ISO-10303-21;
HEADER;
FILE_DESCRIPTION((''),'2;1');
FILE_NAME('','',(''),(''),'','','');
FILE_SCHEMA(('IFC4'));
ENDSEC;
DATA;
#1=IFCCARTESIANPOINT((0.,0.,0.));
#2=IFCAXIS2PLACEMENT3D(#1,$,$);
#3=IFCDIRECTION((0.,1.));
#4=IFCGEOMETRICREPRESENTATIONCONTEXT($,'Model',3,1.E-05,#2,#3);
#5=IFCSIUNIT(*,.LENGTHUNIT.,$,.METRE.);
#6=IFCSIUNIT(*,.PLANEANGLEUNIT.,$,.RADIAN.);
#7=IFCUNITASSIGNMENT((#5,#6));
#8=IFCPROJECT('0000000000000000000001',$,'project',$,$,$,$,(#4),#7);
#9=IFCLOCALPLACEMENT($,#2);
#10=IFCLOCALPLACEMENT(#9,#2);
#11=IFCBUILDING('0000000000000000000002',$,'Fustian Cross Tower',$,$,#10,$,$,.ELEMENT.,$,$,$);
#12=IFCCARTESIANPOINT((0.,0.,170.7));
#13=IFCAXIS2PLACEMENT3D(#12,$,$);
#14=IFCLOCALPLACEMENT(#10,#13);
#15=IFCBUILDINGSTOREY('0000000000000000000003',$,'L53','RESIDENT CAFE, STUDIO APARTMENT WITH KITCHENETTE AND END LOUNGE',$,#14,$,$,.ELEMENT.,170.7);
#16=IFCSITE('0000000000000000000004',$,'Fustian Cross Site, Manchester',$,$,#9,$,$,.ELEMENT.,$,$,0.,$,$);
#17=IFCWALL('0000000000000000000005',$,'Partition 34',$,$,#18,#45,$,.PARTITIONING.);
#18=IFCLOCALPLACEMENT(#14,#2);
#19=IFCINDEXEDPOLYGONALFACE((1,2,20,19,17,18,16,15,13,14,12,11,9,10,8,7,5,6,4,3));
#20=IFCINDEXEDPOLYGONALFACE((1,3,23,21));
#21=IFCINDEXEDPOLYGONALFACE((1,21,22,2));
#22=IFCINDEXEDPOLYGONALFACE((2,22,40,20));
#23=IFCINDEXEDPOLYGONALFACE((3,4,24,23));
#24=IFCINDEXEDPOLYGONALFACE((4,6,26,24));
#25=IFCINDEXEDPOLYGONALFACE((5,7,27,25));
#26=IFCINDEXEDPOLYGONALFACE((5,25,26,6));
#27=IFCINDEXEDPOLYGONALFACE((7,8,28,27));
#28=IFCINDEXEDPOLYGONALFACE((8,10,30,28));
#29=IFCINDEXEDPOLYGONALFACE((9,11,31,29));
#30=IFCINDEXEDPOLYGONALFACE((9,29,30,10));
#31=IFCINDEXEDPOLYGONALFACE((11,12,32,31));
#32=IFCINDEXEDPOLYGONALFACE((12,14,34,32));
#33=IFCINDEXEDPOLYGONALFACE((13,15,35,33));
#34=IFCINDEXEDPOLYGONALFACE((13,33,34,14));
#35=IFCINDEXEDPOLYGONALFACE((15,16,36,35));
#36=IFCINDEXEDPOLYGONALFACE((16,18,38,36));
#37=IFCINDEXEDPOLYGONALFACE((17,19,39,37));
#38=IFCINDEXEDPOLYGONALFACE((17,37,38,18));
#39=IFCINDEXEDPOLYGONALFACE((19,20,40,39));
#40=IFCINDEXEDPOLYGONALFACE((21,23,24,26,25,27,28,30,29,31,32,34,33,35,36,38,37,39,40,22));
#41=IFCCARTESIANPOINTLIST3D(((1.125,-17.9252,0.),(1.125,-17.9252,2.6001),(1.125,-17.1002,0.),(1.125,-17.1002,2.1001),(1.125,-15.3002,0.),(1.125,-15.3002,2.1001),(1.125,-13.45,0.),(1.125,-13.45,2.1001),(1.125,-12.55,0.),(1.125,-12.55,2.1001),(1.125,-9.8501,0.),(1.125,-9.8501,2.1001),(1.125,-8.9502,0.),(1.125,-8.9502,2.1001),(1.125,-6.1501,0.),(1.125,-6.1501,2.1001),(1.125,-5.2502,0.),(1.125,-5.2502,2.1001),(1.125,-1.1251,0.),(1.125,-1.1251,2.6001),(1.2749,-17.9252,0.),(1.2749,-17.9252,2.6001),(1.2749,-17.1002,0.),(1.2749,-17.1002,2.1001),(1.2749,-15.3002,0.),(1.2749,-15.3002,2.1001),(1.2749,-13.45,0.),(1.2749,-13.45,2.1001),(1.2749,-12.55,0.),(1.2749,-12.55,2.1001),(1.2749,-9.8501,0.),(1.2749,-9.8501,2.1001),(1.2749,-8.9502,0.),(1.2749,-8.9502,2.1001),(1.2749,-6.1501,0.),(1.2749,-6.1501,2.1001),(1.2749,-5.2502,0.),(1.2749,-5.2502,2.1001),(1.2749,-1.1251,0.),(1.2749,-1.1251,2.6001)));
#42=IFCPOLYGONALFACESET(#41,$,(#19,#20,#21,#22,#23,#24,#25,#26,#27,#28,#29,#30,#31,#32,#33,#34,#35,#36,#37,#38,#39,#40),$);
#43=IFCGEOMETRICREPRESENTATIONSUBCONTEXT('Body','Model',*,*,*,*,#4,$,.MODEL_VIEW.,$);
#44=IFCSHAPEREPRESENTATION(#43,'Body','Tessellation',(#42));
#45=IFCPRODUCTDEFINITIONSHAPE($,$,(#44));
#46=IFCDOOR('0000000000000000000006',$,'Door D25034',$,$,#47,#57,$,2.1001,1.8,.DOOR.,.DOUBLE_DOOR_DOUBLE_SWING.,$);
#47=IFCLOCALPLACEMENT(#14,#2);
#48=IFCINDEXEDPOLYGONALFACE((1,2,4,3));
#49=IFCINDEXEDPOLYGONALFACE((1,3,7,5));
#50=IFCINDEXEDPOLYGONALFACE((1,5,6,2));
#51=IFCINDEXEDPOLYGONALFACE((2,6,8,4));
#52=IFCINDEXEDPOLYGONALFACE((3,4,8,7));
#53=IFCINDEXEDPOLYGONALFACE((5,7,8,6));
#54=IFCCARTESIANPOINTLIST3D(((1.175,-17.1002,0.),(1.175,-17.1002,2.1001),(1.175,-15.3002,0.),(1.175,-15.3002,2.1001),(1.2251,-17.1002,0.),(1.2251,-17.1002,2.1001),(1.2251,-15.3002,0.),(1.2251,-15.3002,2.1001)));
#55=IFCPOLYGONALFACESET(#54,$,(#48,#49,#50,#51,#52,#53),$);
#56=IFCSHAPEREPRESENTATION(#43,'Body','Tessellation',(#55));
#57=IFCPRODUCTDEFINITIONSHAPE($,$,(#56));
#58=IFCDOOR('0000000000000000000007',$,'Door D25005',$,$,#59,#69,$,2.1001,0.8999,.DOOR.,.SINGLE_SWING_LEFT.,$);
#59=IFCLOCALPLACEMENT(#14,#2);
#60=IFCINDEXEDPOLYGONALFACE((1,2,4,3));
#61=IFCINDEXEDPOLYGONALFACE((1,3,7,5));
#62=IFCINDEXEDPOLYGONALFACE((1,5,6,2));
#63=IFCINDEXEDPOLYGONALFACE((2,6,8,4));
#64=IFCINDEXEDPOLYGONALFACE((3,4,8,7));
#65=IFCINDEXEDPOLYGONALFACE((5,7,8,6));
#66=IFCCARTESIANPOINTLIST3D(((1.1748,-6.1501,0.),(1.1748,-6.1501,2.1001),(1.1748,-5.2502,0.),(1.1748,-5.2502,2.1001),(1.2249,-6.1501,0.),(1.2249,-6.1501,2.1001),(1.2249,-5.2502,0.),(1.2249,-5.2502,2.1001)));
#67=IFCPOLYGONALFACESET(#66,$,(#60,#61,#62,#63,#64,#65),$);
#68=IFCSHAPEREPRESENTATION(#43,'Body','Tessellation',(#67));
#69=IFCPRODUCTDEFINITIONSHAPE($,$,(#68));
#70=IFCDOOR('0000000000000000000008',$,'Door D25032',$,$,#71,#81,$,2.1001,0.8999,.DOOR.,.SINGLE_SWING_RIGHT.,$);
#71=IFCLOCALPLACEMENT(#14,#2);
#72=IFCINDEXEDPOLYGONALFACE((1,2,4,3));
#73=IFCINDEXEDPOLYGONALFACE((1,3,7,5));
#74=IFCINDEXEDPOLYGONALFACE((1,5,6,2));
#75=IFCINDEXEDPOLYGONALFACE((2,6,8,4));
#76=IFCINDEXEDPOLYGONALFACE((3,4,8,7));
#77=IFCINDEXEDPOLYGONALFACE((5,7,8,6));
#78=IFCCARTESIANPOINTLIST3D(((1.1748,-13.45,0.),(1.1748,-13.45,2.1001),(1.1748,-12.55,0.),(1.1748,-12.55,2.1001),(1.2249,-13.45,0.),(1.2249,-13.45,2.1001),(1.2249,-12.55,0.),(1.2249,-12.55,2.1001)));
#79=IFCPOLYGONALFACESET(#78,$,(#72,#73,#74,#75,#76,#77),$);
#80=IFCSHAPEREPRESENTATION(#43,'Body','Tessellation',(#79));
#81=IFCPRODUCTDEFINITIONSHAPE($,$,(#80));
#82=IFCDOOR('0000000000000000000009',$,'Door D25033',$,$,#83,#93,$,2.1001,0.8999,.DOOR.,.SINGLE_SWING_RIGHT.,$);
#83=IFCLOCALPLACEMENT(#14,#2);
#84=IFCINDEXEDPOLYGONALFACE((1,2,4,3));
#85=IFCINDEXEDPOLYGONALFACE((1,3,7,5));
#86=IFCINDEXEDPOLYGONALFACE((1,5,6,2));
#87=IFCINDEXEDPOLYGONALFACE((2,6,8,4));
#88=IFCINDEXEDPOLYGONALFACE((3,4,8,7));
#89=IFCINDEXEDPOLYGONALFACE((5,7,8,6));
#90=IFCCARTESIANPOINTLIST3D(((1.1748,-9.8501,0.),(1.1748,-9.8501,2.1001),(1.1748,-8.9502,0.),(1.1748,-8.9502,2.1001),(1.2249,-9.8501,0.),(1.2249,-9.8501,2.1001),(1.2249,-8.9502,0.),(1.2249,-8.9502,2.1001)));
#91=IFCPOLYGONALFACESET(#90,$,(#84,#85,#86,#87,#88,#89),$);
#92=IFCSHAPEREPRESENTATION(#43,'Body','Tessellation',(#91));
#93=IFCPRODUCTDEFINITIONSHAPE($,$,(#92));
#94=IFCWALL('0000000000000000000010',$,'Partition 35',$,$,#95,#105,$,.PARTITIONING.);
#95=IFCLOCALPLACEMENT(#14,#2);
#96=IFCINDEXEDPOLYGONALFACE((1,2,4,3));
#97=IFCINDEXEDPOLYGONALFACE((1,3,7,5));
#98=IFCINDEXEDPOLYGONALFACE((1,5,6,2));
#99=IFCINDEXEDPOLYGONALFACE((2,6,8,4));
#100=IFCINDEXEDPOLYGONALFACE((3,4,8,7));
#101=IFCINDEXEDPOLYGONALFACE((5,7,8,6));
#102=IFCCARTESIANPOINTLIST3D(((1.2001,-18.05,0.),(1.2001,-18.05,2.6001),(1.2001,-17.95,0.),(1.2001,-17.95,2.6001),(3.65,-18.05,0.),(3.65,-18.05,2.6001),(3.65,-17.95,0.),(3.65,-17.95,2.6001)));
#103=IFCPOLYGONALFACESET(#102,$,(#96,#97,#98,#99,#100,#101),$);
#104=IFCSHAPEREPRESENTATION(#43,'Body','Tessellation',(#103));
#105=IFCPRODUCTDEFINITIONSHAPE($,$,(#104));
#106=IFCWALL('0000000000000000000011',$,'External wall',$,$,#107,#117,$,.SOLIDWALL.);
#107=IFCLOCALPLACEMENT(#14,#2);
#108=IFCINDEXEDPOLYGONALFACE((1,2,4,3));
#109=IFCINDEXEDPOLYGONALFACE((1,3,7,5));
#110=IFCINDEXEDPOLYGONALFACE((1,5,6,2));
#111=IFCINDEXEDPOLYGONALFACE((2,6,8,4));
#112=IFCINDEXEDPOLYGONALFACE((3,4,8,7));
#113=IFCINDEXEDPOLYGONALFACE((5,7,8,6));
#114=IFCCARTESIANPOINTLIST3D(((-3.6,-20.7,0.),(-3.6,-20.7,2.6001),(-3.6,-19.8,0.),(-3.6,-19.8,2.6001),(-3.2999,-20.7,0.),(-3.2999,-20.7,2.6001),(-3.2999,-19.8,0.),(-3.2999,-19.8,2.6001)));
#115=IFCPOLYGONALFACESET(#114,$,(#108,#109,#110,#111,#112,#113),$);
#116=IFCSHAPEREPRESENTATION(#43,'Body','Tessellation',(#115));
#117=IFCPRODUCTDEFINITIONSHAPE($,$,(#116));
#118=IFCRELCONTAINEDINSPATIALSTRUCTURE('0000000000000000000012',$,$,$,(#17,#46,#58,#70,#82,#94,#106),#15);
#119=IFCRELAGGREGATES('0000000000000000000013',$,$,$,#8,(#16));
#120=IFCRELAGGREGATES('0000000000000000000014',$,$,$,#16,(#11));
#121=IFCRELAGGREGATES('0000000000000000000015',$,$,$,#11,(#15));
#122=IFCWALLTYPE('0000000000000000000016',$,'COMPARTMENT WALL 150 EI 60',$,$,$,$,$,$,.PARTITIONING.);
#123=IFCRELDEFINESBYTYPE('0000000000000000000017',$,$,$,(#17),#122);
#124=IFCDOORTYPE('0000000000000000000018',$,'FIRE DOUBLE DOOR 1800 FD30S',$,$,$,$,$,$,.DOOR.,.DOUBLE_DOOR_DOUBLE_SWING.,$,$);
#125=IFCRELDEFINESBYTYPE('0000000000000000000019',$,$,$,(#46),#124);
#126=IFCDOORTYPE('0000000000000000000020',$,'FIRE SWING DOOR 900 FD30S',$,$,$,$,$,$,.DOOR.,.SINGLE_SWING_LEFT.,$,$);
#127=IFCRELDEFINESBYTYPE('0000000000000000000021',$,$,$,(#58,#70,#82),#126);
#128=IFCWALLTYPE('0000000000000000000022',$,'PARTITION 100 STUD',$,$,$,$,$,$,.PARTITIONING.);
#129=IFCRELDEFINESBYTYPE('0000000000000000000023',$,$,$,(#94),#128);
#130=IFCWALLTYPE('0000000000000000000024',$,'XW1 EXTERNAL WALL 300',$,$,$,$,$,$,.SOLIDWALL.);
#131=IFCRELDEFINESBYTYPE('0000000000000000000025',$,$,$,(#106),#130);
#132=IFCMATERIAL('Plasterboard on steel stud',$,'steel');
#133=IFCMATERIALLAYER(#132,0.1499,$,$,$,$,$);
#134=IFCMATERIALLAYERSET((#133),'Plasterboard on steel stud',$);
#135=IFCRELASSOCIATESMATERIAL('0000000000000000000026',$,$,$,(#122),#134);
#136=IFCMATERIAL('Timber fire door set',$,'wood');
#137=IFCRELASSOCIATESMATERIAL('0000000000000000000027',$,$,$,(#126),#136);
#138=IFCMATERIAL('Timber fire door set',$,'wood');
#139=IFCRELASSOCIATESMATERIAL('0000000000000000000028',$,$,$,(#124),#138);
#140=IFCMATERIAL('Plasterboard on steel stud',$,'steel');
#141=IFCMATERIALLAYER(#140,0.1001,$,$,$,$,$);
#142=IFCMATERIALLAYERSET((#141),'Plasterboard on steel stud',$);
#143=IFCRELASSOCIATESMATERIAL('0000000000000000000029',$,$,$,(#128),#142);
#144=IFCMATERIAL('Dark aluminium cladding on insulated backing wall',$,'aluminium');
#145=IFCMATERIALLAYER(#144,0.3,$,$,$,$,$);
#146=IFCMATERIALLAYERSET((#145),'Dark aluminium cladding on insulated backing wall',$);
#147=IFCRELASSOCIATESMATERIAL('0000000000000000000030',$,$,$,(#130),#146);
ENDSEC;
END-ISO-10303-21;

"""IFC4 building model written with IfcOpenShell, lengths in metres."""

from ifc_helpers import new_model, si_unit, direction, frame, frame_2d, origin, place, context, subcontext, project, spatial, rectangle, extrude, material, layer, layer_set, type_object, element, fill, save


model = new_model("IFC4")

# Units and contexts
model_context = context("Model", 3, precision=1e-05, world=origin(), true_north=direction((0.0, 1.0)))
body_context = subcontext(model_context, "Body", "Model", "MODEL_VIEW")
ifc_project = project(units=[si_unit("LENGTHUNIT", "METRE"), si_unit("PLANEANGLEUNIT", "RADIAN")], contexts=[model_context])

# Site, building, storey
site_placement = place(None, origin())
site = spatial("IfcSite", under=ifc_project, at=site_placement, Name="Fustian Cross Site, Manchester", CompositionType="ELEMENT", RefElevation=0.0)
building_placement = place(site_placement, origin())
building = spatial("IfcBuilding", under=site, at=building_placement, Name="Fustian Cross Tower", CompositionType="ELEMENT")
storey_placement = place(building_placement, frame((0.0, 0.0, 170.7)))
storey = spatial("IfcBuildingStorey", under=building, at=storey_placement, Name="L53", Description="RESIDENT CAFE, STUDIO APARTMENT WITH KITCHENETTE AND END LOUNGE", CompositionType="ELEMENT", Elevation=170.7)

# Shared definitions
ifc_material_1 = material(Name="Plasterboard on steel stud", Category="steel")
ifc_layer_1 = layer(ifc_material_1, 0.1499)
ifc_layer_set_1 = layer_set([ifc_layer_1], Name="Plasterboard on steel stud")
wall_type_1 = type_object("IfcWallType", Name="COMPARTMENT WALL 150 EI 60", PredefinedType="PARTITIONING", material=ifc_layer_set_1)
ifc_material_2 = material(Name="Timber fire door set", Category="wood")
door_type_1 = type_object("IfcDoorType", Name="FIRE SWING DOOR 900 FD30S", OperationType="SINGLE_SWING_LEFT", PredefinedType="DOOR", material=ifc_material_2)

# Wall, openings, doors
wall_1_placement = place(storey_placement, frame((1.2, -17.925, 0.0), z_axis=(0.0, 0.0, 1.0), x_axis=(0.0, 1.0, 0.0)))
wall_1 = element("IfcWall", 1, at=wall_1_placement, inside=storey, type_object=wall_type_1, Name="Partition 34", PredefinedType="PARTITIONING", context=body_context, shape_type="SweptSolid", body=[
    extrude(rectangle(XDim=16.8, YDim=0.1499, at=frame_2d((8.3999, 0.0))), origin(), (0.0, 0.0, 1.0), 2.6001),
])
opening_1_placement = place(wall_1_placement, frame((11.7749, 0.0, 0.0)))
opening_1 = element("IfcOpeningElement", 2, at=opening_1_placement, cuts=wall_1, PredefinedType="OPENING", context=body_context, shape_type="SweptSolid", body=[
    extrude(rectangle(XDim=0.8999, YDim=2.1001, at=frame_2d((0.45, 1.05))), frame((0.0, 0.085, 0.0), z_axis=(0.0, -1.0, 0.0), x_axis=(1.0, 0.0, 0.0)), (0.0, 0.0, 1.0), 0.1699),
])
opening_2_placement = place(wall_1_placement, frame((4.4751, 0.0, 0.0)))
opening_2 = element("IfcOpeningElement", 3, at=opening_2_placement, cuts=wall_1, PredefinedType="OPENING", context=body_context, shape_type="SweptSolid", body=[
    extrude(rectangle(XDim=0.8999, YDim=2.1001, at=frame_2d((0.45, 1.05))), frame((0.0, 0.085, 0.0), z_axis=(0.0, -1.0, 0.0), x_axis=(1.0, 0.0, 0.0)), (0.0, 0.0, 1.0), 0.1699),
])
opening_3_placement = place(wall_1_placement, frame((8.075, 0.0, 0.0)))
opening_3 = element("IfcOpeningElement", 4, at=opening_3_placement, cuts=wall_1, PredefinedType="OPENING", context=body_context, shape_type="SweptSolid", body=[
    extrude(rectangle(XDim=0.8999, YDim=2.1001, at=frame_2d((0.45, 1.05))), frame((0.0, 0.085, 0.0), z_axis=(0.0, -1.0, 0.0), x_axis=(1.0, 0.0, 0.0)), (0.0, 0.0, 1.0), 0.1699),
])
opening_4_placement = place(wall_1_placement, frame((0.825, 0.0, 0.0)))
opening_4 = element("IfcOpeningElement", 5, at=opening_4_placement, cuts=wall_1, PredefinedType="OPENING", context=body_context, shape_type="SweptSolid", body=[
    extrude(rectangle(XDim=1.8, YDim=2.1001, at=frame_2d((0.8999, 1.05))), frame((0.0, 0.085, 0.0), z_axis=(0.0, -1.0, 0.0), x_axis=(1.0, 0.0, 0.0)), (0.0, 0.0, 1.0), 0.1699),
])
ifc_material_3 = material(Name="Timber fire door set", Category="wood")
door_type_2 = type_object("IfcDoorType", Name="FIRE DOUBLE DOOR 1800 FD30S", OperationType="DOUBLE_DOOR_DOUBLE_SWING", PredefinedType="DOOR", material=ifc_material_3)
door_1_placement = place(opening_4_placement, origin())
door_1 = element("IfcDoor", 6, at=door_1_placement, inside=storey, type_object=door_type_2, Name="Door D25034", OperationType="DOUBLE_DOOR_DOUBLE_SWING", OverallHeight=2.1001, OverallWidth=1.8, PredefinedType="DOOR", context=body_context, shape_type="SweptSolid", body=[
    extrude(rectangle(XDim=1.8, YDim=2.1001, at=frame_2d((0.8999, 1.05))), frame((0.0, 0.0249, 0.0), z_axis=(0.0, -1.0, 0.0), x_axis=(1.0, 0.0, 0.0)), (0.0, 0.0, 1.0), 0.05),
])
fill(opening_4, door_1)
door_2_placement = place(opening_1_placement, frame((0.8999, 0.0, 0.0), z_axis=(0.0, 0.0, 1.0), x_axis=(-1.0, 0.0, 0.0)))
door_2 = element("IfcDoor", 7, at=door_2_placement, inside=storey, type_object=door_type_1, Name="Door D25005", OperationType="SINGLE_SWING_LEFT", OverallHeight=2.1001, OverallWidth=0.8999, PredefinedType="DOOR", context=body_context, shape_type="SweptSolid", body=[
    extrude(rectangle(XDim=0.8999, YDim=2.1001, at=frame_2d((0.45, 1.05))), frame((0.0, 0.0249, 0.0), z_axis=(0.0, -1.0, 0.0), x_axis=(1.0, 0.0, 0.0)), (0.0, 0.0, 1.0), 0.05),
])
fill(opening_1, door_2)
door_3_placement = place(opening_2_placement, frame((0.8999, 0.0, 0.0), z_axis=(0.0, 0.0, 1.0), x_axis=(-1.0, 0.0, 0.0)))
door_3 = element("IfcDoor", 8, at=door_3_placement, inside=storey, type_object=door_type_1, Name="Door D25032", OperationType="SINGLE_SWING_RIGHT", OverallHeight=2.1001, OverallWidth=0.8999, PredefinedType="DOOR", context=body_context, shape_type="SweptSolid", body=[
    extrude(rectangle(XDim=0.8999, YDim=2.1001, at=frame_2d((0.45, 1.05))), frame((0.0, 0.0249, 0.0), z_axis=(0.0, -1.0, 0.0), x_axis=(1.0, 0.0, 0.0)), (0.0, 0.0, 1.0), 0.05),
])
fill(opening_2, door_3)
door_4_placement = place(opening_3_placement, frame((0.8999, 0.0, 0.0), z_axis=(0.0, 0.0, 1.0), x_axis=(-1.0, 0.0, 0.0)))
door_4 = element("IfcDoor", 9, at=door_4_placement, inside=storey, type_object=door_type_1, Name="Door D25033", OperationType="SINGLE_SWING_RIGHT", OverallHeight=2.1001, OverallWidth=0.8999, PredefinedType="DOOR", context=body_context, shape_type="SweptSolid", body=[
    extrude(rectangle(XDim=0.8999, YDim=2.1001, at=frame_2d((0.45, 1.05))), frame((0.0, 0.0249, 0.0), z_axis=(0.0, -1.0, 0.0), x_axis=(1.0, 0.0, 0.0)), (0.0, 0.0, 1.0), 0.05),
])
fill(opening_3, door_4)

# Walls
ifc_material_4 = material(Name="Plasterboard on steel stud", Category="steel")
ifc_layer_2 = layer(ifc_material_4, 0.1001)
ifc_layer_set_2 = layer_set([ifc_layer_2], Name="Plasterboard on steel stud")
wall_type_2 = type_object("IfcWallType", Name="PARTITION 100 STUD", PredefinedType="PARTITIONING", material=ifc_layer_set_2)
wall_2_placement = place(storey_placement, frame((1.2, -18.0, 0.0), z_axis=(0.0, 0.0, 1.0), x_axis=(1.0, 0.0, 0.0)))
element("IfcWall", 10, at=wall_2_placement, inside=storey, type_object=wall_type_2, Name="Partition 35", PredefinedType="PARTITIONING", context=body_context, shape_type="SweptSolid", body=[
    extrude(rectangle(XDim=2.45, YDim=0.1001, at=frame_2d((1.2251, 0.0))), origin(), (0.0, 0.0, 1.0), 2.6001),
])
ifc_material_5 = material(Name="Dark aluminium cladding on insulated backing wall", Category="aluminium")
ifc_layer_3 = layer(ifc_material_5, 0.3)
ifc_layer_set_3 = layer_set([ifc_layer_3], Name="Dark aluminium cladding on insulated backing wall")
wall_type_3 = type_object("IfcWallType", Name="XW1 EXTERNAL WALL 300", PredefinedType="SOLIDWALL", material=ifc_layer_set_3)
wall_3_placement = place(storey_placement, frame((-3.45, -19.8, 0.0), z_axis=(0.0, 0.0, 1.0), x_axis=(0.0, -1.0, 0.0)))
element("IfcWall", 11, at=wall_3_placement, inside=storey, type_object=wall_type_3, Name="External wall", PredefinedType="SOLIDWALL", context=body_context, shape_type="SweptSolid", body=[
    extrude(rectangle(XDim=0.8999, YDim=0.3, at=frame_2d((0.45, 0.0))), origin(), (0.0, 0.0, 1.0), 2.6001),
])

save(model, "model.ifc")
